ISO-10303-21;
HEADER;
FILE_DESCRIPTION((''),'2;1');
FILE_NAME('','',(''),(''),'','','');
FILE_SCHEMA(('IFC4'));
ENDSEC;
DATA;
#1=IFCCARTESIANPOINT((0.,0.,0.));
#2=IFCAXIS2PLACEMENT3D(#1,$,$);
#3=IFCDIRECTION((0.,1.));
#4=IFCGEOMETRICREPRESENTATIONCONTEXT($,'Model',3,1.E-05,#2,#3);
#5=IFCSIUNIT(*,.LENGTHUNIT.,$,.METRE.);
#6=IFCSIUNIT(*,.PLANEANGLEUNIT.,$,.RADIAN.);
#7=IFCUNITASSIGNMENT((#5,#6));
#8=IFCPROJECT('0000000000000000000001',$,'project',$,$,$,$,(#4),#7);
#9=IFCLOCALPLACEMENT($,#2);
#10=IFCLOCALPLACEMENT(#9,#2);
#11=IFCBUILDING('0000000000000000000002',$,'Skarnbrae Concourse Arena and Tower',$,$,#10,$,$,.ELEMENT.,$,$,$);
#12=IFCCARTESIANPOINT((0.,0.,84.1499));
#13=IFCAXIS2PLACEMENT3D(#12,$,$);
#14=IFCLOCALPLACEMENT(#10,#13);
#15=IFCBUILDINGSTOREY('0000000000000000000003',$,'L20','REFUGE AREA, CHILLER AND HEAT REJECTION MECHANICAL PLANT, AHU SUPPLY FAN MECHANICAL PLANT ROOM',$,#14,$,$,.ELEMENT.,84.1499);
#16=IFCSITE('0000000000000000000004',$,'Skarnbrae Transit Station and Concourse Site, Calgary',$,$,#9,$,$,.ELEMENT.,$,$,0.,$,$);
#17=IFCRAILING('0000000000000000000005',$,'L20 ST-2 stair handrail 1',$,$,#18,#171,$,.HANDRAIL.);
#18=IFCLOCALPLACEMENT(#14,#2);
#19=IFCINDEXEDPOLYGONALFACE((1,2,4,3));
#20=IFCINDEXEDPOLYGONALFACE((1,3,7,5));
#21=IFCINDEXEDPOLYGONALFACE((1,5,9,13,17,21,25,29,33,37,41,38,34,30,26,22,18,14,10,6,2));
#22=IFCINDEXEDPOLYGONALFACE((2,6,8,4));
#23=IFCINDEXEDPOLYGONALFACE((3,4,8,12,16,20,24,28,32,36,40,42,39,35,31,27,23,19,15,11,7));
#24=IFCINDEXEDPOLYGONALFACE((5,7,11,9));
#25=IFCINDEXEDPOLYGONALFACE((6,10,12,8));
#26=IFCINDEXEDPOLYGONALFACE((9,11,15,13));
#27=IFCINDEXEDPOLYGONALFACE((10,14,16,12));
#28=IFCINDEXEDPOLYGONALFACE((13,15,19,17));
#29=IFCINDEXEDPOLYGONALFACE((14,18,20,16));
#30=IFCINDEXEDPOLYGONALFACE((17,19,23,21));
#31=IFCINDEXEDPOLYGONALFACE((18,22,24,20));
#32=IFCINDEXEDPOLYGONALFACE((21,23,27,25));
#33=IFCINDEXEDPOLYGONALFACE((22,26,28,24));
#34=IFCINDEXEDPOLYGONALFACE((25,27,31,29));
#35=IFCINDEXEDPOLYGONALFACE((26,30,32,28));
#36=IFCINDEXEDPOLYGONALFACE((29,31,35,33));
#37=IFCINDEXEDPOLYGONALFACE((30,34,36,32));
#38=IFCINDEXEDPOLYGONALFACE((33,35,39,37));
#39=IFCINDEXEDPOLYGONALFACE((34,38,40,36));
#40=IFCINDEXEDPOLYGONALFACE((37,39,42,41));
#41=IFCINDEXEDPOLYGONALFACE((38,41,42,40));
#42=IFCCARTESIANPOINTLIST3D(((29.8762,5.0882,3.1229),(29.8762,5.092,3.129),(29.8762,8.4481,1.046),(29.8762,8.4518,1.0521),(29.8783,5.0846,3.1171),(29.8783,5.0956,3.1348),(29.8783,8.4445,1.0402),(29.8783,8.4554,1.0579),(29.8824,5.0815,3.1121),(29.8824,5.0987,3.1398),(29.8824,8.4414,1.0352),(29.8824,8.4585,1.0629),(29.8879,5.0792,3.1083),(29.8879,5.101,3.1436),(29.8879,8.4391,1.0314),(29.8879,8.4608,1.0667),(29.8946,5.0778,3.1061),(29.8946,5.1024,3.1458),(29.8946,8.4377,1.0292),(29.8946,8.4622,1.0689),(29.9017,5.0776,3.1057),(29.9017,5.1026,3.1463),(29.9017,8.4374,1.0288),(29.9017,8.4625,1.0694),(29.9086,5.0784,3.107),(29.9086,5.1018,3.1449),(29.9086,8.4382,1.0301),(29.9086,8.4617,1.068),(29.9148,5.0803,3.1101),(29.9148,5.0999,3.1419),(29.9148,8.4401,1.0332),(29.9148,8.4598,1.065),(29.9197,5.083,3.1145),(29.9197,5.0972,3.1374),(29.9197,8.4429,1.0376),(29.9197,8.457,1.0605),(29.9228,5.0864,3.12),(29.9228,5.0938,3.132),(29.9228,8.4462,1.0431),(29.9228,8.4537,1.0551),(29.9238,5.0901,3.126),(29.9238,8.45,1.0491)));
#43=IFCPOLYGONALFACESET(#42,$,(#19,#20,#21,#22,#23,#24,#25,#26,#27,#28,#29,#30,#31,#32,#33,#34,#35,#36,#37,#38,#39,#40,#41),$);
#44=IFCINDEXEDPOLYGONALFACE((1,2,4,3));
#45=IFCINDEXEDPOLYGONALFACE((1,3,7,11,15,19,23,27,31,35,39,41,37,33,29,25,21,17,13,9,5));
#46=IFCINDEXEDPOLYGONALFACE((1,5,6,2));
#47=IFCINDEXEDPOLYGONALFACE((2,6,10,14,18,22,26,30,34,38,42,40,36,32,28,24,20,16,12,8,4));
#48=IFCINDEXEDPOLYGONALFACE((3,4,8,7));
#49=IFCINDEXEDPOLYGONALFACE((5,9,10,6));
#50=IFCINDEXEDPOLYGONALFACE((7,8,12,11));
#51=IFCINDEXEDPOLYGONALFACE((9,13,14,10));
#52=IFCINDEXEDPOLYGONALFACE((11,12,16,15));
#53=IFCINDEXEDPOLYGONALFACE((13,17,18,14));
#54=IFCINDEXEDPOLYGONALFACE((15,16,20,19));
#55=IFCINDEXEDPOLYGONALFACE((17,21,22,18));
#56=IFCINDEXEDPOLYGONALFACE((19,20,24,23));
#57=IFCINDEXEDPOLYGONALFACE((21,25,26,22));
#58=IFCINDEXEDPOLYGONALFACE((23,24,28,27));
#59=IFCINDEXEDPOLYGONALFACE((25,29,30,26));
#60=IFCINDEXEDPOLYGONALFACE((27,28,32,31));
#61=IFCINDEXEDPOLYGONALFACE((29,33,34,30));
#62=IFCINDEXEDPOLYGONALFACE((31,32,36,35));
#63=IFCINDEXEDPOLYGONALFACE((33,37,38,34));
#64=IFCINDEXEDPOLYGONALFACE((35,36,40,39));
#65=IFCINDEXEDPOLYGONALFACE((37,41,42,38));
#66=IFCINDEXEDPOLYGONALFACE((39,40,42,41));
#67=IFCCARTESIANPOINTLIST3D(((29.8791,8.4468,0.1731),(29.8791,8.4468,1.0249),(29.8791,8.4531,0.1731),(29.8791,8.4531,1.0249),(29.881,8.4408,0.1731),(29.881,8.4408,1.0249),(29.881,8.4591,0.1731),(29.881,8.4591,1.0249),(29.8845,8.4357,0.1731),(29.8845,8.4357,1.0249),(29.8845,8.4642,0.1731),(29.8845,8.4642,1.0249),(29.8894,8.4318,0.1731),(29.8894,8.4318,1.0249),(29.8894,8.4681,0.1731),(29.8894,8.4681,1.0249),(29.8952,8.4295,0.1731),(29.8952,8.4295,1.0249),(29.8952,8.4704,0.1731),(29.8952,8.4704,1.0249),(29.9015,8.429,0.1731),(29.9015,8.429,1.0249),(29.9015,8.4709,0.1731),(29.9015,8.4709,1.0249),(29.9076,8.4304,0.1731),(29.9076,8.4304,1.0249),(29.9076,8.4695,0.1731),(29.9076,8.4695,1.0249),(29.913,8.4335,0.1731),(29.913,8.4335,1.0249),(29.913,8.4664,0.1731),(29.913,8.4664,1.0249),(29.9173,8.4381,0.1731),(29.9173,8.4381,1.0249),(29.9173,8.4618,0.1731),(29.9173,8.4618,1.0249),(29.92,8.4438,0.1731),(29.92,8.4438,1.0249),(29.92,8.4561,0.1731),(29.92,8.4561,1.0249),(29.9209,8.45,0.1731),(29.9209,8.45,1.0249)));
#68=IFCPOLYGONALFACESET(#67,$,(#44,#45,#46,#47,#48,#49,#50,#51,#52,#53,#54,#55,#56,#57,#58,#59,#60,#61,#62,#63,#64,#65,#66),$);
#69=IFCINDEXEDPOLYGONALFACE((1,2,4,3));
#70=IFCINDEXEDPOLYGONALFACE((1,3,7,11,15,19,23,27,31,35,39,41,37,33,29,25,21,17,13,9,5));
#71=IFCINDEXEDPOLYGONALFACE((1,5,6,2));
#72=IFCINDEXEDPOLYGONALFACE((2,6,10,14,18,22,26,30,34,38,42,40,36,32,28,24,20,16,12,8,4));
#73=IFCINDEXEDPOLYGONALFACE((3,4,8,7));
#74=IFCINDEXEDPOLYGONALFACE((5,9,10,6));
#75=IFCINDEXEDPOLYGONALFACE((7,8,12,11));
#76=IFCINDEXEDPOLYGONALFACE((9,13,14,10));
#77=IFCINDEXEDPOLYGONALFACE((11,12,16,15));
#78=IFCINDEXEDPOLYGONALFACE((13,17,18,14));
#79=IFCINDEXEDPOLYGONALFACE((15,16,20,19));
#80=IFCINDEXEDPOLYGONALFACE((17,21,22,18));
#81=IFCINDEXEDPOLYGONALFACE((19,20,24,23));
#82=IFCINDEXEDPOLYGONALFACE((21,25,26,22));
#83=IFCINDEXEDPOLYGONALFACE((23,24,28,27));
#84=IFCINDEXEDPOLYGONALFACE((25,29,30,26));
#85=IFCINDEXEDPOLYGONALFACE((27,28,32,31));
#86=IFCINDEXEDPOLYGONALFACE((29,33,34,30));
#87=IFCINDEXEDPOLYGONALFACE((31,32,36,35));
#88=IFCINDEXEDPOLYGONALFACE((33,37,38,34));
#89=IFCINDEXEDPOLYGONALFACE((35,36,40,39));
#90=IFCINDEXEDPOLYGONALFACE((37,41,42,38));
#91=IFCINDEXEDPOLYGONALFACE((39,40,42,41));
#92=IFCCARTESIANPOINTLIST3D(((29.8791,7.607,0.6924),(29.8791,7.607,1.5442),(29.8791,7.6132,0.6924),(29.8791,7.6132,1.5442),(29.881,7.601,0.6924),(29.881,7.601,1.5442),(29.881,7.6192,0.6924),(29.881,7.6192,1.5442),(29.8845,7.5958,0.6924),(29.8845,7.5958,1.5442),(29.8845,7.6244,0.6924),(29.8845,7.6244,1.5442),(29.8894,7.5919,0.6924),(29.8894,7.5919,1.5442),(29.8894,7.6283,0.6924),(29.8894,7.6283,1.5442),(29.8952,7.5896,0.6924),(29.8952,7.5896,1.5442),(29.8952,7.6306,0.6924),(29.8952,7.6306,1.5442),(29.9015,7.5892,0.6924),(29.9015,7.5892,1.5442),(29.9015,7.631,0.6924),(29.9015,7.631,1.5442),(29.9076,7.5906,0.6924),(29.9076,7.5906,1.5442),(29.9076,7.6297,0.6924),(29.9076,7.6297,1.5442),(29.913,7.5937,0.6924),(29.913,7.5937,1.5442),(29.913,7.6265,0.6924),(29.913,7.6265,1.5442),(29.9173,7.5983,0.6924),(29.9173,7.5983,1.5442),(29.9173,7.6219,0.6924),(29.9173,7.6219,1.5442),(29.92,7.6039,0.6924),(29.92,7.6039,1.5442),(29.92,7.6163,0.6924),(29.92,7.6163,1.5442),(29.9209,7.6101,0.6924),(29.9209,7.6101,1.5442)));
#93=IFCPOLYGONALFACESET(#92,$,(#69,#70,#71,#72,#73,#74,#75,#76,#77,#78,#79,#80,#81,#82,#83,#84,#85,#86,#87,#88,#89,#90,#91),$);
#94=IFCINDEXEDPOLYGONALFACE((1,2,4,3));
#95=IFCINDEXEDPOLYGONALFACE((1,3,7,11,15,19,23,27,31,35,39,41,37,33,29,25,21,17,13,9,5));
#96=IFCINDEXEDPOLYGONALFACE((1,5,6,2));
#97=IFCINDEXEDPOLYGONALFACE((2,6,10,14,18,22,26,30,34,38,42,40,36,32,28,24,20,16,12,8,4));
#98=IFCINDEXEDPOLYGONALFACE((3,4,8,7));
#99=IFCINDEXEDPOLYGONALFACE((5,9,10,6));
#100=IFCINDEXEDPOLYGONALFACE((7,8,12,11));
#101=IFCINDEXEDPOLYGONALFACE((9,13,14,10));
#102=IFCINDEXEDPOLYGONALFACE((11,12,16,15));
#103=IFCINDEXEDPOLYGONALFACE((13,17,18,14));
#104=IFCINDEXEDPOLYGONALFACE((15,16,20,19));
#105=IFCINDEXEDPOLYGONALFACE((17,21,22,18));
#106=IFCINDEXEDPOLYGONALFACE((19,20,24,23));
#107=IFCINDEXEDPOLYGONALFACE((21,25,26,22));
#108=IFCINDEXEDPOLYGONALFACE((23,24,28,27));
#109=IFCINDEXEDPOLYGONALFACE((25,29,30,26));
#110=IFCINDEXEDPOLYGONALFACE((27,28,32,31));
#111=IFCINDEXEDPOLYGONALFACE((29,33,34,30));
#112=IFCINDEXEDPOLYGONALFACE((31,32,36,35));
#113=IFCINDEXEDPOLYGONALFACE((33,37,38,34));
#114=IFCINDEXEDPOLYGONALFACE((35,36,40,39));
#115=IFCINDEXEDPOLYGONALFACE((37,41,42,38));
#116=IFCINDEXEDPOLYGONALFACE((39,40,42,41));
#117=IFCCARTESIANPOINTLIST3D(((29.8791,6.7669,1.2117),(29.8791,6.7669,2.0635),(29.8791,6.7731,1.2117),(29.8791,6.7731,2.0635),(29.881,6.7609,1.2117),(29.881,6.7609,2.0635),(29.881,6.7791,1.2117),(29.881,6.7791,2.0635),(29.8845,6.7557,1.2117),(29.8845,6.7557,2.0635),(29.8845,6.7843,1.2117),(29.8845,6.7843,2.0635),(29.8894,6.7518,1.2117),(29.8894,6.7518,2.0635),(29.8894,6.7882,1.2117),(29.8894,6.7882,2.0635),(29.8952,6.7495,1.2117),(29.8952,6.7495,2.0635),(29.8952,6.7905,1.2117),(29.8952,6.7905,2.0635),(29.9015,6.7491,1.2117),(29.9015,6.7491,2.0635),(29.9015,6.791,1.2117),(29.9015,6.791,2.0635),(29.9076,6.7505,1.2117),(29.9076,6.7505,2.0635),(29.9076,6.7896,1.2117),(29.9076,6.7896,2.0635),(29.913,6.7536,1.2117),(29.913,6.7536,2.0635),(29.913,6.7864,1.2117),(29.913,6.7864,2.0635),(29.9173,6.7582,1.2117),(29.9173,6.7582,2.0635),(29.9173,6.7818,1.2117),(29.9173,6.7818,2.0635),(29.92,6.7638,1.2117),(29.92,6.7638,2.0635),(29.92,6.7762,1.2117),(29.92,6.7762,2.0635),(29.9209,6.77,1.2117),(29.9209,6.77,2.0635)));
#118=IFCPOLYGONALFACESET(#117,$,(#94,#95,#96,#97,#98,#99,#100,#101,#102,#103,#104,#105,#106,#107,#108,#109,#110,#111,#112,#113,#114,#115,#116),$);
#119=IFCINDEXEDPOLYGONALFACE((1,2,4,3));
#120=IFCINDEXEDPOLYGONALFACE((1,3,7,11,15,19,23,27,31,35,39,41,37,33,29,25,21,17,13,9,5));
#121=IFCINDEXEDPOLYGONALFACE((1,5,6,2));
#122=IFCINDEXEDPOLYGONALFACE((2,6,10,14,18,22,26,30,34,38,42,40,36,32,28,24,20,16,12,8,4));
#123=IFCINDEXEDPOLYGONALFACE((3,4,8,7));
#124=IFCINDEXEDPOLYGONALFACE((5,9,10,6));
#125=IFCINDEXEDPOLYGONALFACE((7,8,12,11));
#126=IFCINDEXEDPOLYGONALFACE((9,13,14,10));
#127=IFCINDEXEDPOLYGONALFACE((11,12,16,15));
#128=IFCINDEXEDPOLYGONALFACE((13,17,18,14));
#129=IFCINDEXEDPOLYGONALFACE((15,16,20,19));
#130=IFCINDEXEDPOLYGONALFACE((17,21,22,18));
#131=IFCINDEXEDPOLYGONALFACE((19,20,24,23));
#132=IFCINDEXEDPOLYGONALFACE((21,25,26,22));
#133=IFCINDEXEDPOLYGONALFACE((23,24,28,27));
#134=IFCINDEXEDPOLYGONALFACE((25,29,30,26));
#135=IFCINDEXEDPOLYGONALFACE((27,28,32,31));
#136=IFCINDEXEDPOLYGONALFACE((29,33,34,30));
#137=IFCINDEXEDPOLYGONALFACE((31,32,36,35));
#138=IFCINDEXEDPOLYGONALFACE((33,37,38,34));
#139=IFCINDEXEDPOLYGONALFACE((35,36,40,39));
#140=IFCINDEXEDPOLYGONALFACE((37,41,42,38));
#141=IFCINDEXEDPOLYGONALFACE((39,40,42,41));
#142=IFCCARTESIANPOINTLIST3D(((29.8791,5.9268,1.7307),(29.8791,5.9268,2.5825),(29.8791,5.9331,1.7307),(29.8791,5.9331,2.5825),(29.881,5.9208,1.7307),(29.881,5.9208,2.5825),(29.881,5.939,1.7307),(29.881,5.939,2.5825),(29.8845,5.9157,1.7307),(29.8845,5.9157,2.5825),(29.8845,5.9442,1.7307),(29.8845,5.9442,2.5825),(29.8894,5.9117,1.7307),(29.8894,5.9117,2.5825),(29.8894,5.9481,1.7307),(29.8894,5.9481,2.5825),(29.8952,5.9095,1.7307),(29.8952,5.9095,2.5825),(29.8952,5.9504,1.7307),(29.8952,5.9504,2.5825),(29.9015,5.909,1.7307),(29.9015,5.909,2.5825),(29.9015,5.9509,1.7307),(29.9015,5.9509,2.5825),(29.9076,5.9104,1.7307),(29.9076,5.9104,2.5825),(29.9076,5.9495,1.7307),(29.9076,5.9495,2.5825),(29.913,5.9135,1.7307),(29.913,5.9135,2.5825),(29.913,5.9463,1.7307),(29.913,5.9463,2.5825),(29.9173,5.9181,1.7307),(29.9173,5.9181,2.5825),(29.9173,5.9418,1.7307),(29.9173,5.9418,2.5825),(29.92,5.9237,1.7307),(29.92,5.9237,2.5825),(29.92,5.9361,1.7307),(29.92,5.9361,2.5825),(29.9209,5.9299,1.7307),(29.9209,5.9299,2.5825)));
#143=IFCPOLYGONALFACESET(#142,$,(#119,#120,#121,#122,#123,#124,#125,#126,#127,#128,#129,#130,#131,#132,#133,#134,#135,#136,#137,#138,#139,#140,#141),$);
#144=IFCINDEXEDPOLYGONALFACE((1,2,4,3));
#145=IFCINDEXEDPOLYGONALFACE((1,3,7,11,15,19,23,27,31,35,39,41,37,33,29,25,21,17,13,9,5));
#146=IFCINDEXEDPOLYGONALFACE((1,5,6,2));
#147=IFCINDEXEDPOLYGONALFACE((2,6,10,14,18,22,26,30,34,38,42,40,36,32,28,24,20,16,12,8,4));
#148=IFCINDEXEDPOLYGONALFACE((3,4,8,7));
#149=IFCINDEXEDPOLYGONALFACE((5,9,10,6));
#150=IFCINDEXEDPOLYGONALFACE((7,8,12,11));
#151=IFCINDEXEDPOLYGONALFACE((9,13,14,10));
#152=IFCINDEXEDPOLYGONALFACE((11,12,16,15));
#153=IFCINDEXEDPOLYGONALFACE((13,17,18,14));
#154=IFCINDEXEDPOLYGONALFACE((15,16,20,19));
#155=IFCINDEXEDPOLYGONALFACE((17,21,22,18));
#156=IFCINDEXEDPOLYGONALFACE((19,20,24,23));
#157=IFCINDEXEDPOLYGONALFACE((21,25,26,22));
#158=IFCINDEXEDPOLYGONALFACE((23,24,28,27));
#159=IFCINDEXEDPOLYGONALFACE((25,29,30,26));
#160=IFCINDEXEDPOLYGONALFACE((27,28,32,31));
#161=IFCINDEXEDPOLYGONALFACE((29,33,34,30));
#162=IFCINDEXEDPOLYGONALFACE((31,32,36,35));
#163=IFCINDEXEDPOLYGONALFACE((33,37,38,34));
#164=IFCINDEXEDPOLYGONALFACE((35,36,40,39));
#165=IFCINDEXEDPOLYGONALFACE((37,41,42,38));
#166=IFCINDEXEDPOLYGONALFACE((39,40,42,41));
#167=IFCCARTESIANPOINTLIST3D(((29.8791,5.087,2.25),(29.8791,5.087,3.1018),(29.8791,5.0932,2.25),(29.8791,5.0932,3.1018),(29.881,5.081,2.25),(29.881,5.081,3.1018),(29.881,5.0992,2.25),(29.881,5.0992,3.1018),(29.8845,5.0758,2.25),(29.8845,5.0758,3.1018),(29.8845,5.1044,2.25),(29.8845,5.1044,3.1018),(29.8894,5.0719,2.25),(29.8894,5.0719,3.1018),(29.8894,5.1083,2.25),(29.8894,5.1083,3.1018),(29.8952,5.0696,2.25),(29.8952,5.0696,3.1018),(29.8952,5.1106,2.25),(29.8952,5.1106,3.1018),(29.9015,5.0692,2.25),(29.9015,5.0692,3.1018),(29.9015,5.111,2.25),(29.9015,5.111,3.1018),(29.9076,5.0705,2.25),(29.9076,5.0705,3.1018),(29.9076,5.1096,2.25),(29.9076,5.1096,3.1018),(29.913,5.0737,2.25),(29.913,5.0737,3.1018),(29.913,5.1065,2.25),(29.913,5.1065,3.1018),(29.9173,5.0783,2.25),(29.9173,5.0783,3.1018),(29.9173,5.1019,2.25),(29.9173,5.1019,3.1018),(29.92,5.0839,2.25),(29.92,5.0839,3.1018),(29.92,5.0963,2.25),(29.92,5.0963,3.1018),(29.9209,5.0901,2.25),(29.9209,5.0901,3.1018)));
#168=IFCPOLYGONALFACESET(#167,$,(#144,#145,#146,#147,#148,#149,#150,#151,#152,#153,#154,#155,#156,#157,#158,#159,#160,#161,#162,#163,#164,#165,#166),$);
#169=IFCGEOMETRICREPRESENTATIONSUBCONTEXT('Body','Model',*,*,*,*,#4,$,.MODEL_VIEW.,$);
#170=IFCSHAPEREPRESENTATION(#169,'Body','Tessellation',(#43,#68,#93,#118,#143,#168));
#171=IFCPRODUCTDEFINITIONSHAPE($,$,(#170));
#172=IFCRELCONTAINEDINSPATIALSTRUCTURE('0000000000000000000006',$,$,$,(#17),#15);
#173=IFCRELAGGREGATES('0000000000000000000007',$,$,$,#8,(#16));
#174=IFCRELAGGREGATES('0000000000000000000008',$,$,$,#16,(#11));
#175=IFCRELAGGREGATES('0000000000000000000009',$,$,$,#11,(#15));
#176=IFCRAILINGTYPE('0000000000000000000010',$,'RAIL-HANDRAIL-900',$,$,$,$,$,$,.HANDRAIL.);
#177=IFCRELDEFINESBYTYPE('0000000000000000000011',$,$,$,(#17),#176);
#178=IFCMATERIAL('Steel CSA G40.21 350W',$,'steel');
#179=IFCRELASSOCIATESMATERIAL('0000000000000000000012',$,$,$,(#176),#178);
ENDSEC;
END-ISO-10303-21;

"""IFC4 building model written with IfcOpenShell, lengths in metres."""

from ifc_helpers import new_model, si_unit, direction, frame, origin, origin_2d, place, context, subcontext, project, spatial, circle, extrude, material, type_object, element, save


model = new_model("IFC4")

# Units and contexts
model_context = context("Model", 3, precision=1e-05, world=origin(), true_north=direction((0.0, 1.0)))
body_context = subcontext(model_context, "Body", "Model", "MODEL_VIEW")
ifc_project = project(units=[si_unit("LENGTHUNIT", "METRE"), si_unit("PLANEANGLEUNIT", "RADIAN")], contexts=[model_context])

# Site, building, storey
site_placement = place(None, origin())
site = spatial("IfcSite", under=ifc_project, at=site_placement, Name="Skarnbrae Transit Station and Concourse Site, Calgary", CompositionType="ELEMENT", RefElevation=0.0)
building_placement = place(site_placement, origin())
building = spatial("IfcBuilding", under=site, at=building_placement, Name="Skarnbrae Concourse Arena and Tower", CompositionType="ELEMENT")
storey_placement = place(building_placement, frame((0.0, 0.0, 84.1499)))
storey = spatial("IfcBuildingStorey", under=building, at=storey_placement, Name="L20", Description="REFUGE AREA, CHILLER AND HEAT REJECTION MECHANICAL PLANT, AHU SUPPLY FAN MECHANICAL PLANT ROOM", CompositionType="ELEMENT", Elevation=84.1499)

# Shared definitions
ifc_material_1 = material(Name="Steel CSA G40.21 350W", Category="steel")

# Railing
railing_type_1 = type_object("IfcRailingType", Name="RAIL-HANDRAIL-900", PredefinedType="HANDRAIL", material=ifc_material_1)
railing_1_placement = place(storey_placement, frame((29.8999, 8.45, 0.1731)))
element("IfcRailing", 1, at=railing_1_placement, inside=storey, type_object=railing_type_1, Name="L20 ST-2 stair handrail 1", PredefinedType="HANDRAIL", context=body_context, shape_type="SweptSolid", body=[
    extrude(circle(Radius=0.0239, at=origin_2d()), frame((0.0, 0.0, 0.876), z_axis=(0.0, -0.850606, 0.525803), x_axis=(1.0, 0.0, 0.0)), (0.0, 0.0, 1.0), 3.95),
    extrude(circle(Radius=0.021, at=origin_2d()), origin(), (0.0, 0.0, 1.0), 0.8518),
    extrude(circle(Radius=0.021, at=origin_2d()), frame((0.0, -0.8398, 0.5193)), (0.0, 0.0, 1.0), 0.8518),
    extrude(circle(Radius=0.021, at=origin_2d()), frame((0.0, -1.6799, 1.0386)), (0.0, 0.0, 1.0), 0.8518),
    extrude(circle(Radius=0.021, at=origin_2d()), frame((0.0, -2.52, 1.5576)), (0.0, 0.0, 1.0), 0.8518),
    extrude(circle(Radius=0.021, at=origin_2d()), frame((0.0, -3.3599, 2.0769)), (0.0, 0.0, 1.0), 0.8518),
])

save(model, "model.ifc")
